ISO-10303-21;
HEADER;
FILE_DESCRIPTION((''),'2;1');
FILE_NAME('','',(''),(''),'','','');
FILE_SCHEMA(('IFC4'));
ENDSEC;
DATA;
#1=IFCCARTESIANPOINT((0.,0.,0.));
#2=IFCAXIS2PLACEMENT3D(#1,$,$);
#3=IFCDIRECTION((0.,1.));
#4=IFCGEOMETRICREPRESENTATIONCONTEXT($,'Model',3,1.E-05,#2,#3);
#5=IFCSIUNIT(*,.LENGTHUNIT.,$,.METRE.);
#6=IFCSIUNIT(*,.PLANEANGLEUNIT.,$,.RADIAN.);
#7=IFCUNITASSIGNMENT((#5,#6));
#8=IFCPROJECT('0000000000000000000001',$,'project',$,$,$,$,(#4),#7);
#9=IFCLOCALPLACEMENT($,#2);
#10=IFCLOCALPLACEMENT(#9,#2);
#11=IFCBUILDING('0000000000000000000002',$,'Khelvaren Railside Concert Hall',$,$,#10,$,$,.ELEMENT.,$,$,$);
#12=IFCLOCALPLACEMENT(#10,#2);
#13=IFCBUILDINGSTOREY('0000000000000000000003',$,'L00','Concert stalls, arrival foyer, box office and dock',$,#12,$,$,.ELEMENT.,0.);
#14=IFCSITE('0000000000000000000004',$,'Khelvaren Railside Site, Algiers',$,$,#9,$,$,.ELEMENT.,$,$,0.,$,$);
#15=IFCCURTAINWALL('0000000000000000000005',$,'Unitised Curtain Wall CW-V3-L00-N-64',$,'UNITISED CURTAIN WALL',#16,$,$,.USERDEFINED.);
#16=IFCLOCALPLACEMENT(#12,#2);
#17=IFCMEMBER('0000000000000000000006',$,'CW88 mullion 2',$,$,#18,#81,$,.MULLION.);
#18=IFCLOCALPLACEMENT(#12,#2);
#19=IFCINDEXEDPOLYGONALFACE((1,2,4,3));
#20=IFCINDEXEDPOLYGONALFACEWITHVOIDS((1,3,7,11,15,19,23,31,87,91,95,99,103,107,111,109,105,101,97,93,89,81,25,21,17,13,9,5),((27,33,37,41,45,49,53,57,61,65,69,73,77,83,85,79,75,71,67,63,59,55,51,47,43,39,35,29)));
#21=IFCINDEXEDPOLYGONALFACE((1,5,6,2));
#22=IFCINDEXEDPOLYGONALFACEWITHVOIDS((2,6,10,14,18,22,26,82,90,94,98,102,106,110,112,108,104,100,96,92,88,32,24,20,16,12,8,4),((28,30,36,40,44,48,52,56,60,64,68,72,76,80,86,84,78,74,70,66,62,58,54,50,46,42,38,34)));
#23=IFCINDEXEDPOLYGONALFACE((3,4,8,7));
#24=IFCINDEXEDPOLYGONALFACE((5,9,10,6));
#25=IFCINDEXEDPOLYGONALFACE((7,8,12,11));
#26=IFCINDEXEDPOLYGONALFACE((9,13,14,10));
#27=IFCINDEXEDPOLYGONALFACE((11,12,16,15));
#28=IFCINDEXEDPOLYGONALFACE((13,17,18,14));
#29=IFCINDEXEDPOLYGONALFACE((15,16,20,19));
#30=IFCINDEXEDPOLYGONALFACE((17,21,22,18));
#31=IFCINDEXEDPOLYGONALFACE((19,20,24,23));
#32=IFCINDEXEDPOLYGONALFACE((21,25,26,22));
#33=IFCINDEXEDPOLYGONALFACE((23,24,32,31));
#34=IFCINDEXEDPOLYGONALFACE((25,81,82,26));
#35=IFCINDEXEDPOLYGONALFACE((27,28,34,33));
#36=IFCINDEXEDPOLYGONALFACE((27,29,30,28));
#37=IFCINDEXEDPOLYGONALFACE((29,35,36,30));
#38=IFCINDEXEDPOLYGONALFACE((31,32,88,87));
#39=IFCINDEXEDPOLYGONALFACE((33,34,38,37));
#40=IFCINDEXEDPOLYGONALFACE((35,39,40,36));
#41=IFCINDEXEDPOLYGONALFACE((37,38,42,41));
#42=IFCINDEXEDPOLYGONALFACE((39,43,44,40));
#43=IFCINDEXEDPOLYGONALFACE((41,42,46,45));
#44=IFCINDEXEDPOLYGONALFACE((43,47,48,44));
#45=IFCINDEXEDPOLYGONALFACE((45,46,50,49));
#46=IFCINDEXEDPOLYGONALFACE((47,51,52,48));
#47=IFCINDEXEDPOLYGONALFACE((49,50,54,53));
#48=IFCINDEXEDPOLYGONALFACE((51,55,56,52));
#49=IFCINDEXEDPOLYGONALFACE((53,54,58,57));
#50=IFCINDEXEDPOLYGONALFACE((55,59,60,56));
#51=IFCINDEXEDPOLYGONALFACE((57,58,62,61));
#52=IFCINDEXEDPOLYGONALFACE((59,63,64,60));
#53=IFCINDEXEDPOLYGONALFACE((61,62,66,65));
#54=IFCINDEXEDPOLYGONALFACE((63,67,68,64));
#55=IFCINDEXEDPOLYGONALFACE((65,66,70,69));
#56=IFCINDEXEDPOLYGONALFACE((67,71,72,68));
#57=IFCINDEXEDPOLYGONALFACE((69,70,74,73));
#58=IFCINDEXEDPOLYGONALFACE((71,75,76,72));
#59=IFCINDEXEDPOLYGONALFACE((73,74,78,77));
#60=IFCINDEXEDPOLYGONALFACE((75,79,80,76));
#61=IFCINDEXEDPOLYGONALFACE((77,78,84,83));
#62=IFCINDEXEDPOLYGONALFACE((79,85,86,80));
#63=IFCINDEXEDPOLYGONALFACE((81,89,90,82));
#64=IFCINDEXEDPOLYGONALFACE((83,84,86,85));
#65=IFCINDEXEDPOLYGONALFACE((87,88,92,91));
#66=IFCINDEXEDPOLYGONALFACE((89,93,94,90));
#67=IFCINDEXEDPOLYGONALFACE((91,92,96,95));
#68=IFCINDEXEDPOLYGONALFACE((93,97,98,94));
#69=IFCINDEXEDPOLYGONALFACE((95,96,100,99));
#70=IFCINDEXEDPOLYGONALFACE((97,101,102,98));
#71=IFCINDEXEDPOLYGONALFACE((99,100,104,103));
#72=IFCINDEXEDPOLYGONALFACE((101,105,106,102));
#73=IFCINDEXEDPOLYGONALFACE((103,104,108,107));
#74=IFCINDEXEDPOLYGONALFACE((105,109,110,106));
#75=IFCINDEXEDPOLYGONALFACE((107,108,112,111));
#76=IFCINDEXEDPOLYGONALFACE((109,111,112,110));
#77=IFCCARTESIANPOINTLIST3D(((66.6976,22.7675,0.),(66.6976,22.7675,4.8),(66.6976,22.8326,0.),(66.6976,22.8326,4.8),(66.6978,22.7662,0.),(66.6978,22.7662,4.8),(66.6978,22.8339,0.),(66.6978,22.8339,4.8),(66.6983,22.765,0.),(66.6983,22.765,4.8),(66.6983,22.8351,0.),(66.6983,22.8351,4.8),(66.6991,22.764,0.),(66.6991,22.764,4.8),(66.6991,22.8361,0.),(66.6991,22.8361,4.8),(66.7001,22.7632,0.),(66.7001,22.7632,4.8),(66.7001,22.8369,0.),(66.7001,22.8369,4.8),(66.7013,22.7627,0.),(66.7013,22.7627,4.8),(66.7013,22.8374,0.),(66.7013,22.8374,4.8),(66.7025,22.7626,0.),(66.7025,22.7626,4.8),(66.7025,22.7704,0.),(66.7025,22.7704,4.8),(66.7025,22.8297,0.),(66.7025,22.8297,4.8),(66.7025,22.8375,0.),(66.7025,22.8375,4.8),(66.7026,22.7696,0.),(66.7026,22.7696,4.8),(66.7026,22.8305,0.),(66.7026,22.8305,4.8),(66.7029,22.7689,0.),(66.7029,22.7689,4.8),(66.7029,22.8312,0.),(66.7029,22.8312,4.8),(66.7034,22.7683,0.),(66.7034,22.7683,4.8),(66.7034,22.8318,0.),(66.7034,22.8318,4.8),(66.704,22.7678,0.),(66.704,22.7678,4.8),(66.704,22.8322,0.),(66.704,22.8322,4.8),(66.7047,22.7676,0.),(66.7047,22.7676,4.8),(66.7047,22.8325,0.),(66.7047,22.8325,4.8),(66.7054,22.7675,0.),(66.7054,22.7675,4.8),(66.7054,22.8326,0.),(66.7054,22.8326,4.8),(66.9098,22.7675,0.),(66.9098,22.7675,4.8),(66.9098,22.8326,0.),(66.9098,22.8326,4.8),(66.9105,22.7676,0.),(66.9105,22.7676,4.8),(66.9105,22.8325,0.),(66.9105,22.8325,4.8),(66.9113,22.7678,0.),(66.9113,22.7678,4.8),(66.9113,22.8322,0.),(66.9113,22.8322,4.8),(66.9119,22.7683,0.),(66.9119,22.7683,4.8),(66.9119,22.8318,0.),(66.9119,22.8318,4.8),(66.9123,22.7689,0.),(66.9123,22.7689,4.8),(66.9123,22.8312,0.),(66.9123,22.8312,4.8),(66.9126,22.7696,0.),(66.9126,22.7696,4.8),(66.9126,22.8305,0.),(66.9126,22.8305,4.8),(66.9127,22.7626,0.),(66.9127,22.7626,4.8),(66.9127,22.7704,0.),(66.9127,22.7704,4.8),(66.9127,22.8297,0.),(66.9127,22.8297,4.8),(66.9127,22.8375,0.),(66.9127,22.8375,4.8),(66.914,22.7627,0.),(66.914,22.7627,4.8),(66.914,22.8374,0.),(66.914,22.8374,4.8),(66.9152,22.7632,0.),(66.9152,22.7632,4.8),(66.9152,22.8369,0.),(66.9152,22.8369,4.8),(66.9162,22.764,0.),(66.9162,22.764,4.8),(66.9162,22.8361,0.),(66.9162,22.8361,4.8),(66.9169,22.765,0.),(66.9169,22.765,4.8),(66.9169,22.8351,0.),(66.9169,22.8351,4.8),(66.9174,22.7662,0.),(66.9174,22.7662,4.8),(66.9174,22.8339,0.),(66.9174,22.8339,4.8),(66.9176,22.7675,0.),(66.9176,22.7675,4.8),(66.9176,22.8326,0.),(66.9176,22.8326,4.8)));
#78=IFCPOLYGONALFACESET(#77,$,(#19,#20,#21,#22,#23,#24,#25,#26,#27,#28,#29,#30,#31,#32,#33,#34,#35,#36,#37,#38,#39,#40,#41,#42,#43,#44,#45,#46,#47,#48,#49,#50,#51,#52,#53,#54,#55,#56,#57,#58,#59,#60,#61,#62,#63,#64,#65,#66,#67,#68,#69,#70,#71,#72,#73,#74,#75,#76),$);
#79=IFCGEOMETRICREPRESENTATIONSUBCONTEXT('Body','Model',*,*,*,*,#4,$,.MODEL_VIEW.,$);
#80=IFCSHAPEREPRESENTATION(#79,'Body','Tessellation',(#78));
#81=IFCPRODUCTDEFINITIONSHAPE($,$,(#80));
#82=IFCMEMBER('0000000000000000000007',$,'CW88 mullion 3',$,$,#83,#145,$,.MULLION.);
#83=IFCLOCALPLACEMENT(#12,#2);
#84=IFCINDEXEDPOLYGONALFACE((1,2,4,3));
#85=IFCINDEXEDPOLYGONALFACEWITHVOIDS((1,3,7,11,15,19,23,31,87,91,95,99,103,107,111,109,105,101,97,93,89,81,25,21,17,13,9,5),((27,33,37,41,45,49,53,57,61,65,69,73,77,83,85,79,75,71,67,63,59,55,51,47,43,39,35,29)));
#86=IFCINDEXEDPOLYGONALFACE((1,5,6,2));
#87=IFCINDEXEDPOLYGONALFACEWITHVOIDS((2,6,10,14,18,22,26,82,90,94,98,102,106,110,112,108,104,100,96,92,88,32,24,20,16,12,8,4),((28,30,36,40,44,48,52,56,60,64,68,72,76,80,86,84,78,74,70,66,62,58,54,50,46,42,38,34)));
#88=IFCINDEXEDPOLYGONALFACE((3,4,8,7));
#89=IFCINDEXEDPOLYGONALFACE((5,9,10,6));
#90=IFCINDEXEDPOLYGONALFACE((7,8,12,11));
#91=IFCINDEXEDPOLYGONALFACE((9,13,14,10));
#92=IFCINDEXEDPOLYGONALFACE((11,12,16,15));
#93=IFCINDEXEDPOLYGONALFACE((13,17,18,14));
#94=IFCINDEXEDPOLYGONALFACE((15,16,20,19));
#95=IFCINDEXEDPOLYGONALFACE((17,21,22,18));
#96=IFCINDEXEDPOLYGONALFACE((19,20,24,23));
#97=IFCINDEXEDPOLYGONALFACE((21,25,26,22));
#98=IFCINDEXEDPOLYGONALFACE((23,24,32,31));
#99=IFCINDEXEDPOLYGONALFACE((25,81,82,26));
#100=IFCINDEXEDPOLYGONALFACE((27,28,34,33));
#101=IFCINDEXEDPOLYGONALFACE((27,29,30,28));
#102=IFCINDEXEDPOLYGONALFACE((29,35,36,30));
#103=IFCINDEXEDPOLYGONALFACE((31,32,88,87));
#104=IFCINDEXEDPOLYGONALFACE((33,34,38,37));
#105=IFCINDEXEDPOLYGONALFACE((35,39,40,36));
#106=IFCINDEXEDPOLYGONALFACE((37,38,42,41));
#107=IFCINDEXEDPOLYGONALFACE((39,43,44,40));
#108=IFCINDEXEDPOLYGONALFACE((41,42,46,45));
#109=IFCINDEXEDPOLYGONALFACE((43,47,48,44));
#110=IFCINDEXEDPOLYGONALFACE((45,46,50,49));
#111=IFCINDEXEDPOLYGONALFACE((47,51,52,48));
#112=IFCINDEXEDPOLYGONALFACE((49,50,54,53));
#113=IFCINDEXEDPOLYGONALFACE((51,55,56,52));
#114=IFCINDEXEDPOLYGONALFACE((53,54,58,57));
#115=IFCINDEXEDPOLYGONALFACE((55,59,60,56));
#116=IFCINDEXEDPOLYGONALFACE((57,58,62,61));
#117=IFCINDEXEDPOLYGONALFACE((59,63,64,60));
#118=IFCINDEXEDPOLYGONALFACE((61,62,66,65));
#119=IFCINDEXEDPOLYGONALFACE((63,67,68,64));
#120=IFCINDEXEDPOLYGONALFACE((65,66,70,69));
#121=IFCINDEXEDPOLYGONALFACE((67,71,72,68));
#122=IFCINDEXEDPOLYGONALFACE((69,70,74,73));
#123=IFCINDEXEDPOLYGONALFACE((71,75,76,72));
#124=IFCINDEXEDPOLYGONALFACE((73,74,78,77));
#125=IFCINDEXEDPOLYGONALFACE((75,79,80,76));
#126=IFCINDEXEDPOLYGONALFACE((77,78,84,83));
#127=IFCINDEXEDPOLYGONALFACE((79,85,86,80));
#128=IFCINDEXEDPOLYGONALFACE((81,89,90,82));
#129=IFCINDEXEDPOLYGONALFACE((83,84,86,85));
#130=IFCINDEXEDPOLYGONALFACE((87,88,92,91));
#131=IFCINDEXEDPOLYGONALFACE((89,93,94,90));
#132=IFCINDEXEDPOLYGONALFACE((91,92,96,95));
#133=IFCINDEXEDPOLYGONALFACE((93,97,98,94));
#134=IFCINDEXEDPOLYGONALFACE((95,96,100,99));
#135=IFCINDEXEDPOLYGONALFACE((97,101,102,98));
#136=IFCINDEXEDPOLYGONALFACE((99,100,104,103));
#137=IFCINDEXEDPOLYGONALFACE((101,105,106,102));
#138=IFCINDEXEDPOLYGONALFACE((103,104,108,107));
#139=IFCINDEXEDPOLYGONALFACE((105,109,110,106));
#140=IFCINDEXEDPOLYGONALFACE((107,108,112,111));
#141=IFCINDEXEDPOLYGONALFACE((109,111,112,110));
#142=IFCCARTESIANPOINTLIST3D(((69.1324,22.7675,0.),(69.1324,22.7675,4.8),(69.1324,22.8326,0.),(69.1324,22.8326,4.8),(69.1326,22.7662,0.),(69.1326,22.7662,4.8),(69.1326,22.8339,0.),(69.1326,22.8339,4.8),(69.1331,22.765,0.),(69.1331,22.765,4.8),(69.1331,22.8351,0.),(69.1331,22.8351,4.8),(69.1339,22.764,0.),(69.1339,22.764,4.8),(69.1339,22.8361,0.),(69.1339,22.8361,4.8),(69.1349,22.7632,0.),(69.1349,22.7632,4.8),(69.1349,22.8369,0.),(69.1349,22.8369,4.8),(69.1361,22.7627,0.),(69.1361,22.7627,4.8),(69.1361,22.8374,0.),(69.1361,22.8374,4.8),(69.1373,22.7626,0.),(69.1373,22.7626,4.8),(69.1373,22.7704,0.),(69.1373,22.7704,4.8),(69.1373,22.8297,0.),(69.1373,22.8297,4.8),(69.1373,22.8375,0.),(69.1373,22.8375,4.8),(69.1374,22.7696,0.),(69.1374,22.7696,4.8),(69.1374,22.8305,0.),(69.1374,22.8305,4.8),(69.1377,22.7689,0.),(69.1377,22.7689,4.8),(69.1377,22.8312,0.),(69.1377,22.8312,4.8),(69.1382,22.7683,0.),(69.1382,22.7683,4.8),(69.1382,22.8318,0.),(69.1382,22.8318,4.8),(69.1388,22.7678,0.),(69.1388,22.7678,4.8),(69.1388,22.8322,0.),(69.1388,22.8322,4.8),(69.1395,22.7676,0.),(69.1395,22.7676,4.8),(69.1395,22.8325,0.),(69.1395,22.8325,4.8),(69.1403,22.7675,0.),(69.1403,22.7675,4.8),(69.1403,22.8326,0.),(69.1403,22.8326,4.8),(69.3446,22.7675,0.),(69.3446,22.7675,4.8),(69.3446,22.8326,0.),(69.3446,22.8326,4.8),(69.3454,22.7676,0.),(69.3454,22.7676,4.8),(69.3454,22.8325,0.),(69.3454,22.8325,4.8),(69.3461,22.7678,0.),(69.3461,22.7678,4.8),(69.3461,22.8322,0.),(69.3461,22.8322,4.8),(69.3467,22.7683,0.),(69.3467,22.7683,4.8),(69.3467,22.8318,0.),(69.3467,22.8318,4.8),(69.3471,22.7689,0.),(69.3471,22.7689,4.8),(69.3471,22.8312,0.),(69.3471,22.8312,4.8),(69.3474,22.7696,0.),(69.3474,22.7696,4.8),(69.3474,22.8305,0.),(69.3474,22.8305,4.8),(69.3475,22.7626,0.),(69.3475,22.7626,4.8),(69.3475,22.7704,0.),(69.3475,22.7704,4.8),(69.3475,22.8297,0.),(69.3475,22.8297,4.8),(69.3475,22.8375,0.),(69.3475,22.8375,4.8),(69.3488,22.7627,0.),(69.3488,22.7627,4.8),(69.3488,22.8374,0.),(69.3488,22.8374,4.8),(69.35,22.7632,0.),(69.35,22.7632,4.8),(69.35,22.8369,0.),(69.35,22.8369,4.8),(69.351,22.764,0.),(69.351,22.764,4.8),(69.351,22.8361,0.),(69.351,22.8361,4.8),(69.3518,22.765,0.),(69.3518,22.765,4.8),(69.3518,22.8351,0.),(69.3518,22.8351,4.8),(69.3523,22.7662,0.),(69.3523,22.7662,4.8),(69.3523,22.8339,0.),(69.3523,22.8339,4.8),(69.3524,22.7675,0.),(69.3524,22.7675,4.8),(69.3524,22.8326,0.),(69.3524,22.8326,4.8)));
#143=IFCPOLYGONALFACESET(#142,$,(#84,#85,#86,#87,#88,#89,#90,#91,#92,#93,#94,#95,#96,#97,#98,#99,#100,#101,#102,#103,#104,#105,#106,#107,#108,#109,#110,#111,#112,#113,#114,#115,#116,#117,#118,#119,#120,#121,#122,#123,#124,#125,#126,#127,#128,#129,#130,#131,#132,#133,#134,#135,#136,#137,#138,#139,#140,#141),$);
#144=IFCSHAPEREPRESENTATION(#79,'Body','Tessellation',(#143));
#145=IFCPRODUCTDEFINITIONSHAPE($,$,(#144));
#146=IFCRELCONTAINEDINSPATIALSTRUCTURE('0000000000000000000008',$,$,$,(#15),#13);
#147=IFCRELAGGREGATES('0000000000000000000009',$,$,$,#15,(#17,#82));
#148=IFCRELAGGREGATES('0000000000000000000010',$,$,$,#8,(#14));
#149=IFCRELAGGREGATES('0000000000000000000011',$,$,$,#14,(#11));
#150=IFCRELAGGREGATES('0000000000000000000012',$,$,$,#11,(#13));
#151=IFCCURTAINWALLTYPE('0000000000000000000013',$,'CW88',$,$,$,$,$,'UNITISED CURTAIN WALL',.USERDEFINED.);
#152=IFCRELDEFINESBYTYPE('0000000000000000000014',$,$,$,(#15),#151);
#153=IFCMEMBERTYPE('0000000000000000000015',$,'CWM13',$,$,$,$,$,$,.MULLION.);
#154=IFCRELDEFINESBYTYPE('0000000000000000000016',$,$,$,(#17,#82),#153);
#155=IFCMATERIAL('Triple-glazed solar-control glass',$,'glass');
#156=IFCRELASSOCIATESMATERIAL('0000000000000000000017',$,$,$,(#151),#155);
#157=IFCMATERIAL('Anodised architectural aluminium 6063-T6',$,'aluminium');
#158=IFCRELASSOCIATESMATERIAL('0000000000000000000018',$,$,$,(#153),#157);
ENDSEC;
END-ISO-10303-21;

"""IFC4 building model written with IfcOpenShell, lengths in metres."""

from ifc_helpers import new_model, si_unit, direction, frame, origin, origin_2d, place, context, subcontext, project, spatial, hollow_rectangle, extrude, material, material_profile, profile_set, type_object, element, aggregate, save


model = new_model("IFC4")

# Units and contexts
model_context = context("Model", 3, precision=1e-05, world=origin(), true_north=direction((0.0, 1.0)))
body_context = subcontext(model_context, "Body", "Model", "MODEL_VIEW")
ifc_project = project(units=[si_unit("LENGTHUNIT", "METRE"), si_unit("PLANEANGLEUNIT", "RADIAN")], contexts=[model_context])

# Site, building, storey
site_placement = place(None, origin())
site = spatial("IfcSite", under=ifc_project, at=site_placement, Name="Khelvaren Railside Site, Algiers", CompositionType="ELEMENT", RefElevation=0.0)
building_placement = place(site_placement, origin())
building = spatial("IfcBuilding", under=site, at=building_placement, Name="Khelvaren Railside Concert Hall", CompositionType="ELEMENT")
storey_placement = place(building_placement, origin())
storey = spatial("IfcBuildingStorey", under=building, at=storey_placement, Name="L00", Description="Concert stalls, arrival foyer, box office and dock", CompositionType="ELEMENT", Elevation=0.0)

# Curtain wall, members
ifc_material_1 = material(Name="Triple-glazed solar-control glass", Category="glass")
curtain_wall_type = type_object("IfcCurtainWallType", Name="CW88", ElementType="UNITISED CURTAIN WALL", PredefinedType="USERDEFINED", material=ifc_material_1)
curtain_wall_placement = place(storey_placement, origin())
curtain_wall = element("IfcCurtainWall", 1, at=curtain_wall_placement, inside=storey, type_object=curtain_wall_type, Name="Unitised Curtain Wall CW-V3-L00-N-64", ObjectType="UNITISED CURTAIN WALL", PredefinedType="USERDEFINED")
ifc_material_2 = material(Name="Anodised architectural aluminium 6063-T6", Category="aluminium")
ifc_material_profile_1 = material_profile(ifc_material_2, hollow_rectangle(XDim=0.075, YDim=0.22, WallThickness=0.0049, InnerFilletRadius=0.0029, OuterFilletRadius=0.0049, at=origin_2d()), Name="CWM 75x220x5")
ifc_profile_set_1 = profile_set([ifc_material_profile_1], Name="Anodised architectural aluminium 6063-T6")
member_type_1 = type_object("IfcMemberType", Name="CWM13", PredefinedType="MULLION", material=ifc_profile_set_1)
member_1_placement = place(storey_placement, frame((66.8076, 22.8, 0.0), z_axis=(0.0, 0.0, 1.0), x_axis=(0.0, 1.0, 0.0)))
member_1 = element("IfcMember", 2, at=member_1_placement, type_object=member_type_1, Name="CW88 mullion 2", PredefinedType="MULLION", context=body_context, shape_type="SweptSolid", body=[
    extrude(hollow_rectangle(XDim=0.075, YDim=0.22, WallThickness=0.0049, InnerFilletRadius=0.0029, OuterFilletRadius=0.0049, at=origin_2d()), origin(), (0.0, 0.0, 1.0), 4.8),
])
member_2_placement = place(storey_placement, frame((69.2424, 22.8, 0.0), z_axis=(0.0, 0.0, 1.0), x_axis=(0.0, 1.0, 0.0)))
member_2 = element("IfcMember", 3, at=member_2_placement, type_object=member_type_1, Name="CW88 mullion 3", PredefinedType="MULLION", context=body_context, shape_type="SweptSolid", body=[
    extrude(hollow_rectangle(XDim=0.075, YDim=0.22, WallThickness=0.0049, InnerFilletRadius=0.0029, OuterFilletRadius=0.0049, at=origin_2d()), origin(), (0.0, 0.0, 1.0), 4.8),
])

aggregate(curtain_wall, [member_1, member_2])

save(model, "model.ifc")
